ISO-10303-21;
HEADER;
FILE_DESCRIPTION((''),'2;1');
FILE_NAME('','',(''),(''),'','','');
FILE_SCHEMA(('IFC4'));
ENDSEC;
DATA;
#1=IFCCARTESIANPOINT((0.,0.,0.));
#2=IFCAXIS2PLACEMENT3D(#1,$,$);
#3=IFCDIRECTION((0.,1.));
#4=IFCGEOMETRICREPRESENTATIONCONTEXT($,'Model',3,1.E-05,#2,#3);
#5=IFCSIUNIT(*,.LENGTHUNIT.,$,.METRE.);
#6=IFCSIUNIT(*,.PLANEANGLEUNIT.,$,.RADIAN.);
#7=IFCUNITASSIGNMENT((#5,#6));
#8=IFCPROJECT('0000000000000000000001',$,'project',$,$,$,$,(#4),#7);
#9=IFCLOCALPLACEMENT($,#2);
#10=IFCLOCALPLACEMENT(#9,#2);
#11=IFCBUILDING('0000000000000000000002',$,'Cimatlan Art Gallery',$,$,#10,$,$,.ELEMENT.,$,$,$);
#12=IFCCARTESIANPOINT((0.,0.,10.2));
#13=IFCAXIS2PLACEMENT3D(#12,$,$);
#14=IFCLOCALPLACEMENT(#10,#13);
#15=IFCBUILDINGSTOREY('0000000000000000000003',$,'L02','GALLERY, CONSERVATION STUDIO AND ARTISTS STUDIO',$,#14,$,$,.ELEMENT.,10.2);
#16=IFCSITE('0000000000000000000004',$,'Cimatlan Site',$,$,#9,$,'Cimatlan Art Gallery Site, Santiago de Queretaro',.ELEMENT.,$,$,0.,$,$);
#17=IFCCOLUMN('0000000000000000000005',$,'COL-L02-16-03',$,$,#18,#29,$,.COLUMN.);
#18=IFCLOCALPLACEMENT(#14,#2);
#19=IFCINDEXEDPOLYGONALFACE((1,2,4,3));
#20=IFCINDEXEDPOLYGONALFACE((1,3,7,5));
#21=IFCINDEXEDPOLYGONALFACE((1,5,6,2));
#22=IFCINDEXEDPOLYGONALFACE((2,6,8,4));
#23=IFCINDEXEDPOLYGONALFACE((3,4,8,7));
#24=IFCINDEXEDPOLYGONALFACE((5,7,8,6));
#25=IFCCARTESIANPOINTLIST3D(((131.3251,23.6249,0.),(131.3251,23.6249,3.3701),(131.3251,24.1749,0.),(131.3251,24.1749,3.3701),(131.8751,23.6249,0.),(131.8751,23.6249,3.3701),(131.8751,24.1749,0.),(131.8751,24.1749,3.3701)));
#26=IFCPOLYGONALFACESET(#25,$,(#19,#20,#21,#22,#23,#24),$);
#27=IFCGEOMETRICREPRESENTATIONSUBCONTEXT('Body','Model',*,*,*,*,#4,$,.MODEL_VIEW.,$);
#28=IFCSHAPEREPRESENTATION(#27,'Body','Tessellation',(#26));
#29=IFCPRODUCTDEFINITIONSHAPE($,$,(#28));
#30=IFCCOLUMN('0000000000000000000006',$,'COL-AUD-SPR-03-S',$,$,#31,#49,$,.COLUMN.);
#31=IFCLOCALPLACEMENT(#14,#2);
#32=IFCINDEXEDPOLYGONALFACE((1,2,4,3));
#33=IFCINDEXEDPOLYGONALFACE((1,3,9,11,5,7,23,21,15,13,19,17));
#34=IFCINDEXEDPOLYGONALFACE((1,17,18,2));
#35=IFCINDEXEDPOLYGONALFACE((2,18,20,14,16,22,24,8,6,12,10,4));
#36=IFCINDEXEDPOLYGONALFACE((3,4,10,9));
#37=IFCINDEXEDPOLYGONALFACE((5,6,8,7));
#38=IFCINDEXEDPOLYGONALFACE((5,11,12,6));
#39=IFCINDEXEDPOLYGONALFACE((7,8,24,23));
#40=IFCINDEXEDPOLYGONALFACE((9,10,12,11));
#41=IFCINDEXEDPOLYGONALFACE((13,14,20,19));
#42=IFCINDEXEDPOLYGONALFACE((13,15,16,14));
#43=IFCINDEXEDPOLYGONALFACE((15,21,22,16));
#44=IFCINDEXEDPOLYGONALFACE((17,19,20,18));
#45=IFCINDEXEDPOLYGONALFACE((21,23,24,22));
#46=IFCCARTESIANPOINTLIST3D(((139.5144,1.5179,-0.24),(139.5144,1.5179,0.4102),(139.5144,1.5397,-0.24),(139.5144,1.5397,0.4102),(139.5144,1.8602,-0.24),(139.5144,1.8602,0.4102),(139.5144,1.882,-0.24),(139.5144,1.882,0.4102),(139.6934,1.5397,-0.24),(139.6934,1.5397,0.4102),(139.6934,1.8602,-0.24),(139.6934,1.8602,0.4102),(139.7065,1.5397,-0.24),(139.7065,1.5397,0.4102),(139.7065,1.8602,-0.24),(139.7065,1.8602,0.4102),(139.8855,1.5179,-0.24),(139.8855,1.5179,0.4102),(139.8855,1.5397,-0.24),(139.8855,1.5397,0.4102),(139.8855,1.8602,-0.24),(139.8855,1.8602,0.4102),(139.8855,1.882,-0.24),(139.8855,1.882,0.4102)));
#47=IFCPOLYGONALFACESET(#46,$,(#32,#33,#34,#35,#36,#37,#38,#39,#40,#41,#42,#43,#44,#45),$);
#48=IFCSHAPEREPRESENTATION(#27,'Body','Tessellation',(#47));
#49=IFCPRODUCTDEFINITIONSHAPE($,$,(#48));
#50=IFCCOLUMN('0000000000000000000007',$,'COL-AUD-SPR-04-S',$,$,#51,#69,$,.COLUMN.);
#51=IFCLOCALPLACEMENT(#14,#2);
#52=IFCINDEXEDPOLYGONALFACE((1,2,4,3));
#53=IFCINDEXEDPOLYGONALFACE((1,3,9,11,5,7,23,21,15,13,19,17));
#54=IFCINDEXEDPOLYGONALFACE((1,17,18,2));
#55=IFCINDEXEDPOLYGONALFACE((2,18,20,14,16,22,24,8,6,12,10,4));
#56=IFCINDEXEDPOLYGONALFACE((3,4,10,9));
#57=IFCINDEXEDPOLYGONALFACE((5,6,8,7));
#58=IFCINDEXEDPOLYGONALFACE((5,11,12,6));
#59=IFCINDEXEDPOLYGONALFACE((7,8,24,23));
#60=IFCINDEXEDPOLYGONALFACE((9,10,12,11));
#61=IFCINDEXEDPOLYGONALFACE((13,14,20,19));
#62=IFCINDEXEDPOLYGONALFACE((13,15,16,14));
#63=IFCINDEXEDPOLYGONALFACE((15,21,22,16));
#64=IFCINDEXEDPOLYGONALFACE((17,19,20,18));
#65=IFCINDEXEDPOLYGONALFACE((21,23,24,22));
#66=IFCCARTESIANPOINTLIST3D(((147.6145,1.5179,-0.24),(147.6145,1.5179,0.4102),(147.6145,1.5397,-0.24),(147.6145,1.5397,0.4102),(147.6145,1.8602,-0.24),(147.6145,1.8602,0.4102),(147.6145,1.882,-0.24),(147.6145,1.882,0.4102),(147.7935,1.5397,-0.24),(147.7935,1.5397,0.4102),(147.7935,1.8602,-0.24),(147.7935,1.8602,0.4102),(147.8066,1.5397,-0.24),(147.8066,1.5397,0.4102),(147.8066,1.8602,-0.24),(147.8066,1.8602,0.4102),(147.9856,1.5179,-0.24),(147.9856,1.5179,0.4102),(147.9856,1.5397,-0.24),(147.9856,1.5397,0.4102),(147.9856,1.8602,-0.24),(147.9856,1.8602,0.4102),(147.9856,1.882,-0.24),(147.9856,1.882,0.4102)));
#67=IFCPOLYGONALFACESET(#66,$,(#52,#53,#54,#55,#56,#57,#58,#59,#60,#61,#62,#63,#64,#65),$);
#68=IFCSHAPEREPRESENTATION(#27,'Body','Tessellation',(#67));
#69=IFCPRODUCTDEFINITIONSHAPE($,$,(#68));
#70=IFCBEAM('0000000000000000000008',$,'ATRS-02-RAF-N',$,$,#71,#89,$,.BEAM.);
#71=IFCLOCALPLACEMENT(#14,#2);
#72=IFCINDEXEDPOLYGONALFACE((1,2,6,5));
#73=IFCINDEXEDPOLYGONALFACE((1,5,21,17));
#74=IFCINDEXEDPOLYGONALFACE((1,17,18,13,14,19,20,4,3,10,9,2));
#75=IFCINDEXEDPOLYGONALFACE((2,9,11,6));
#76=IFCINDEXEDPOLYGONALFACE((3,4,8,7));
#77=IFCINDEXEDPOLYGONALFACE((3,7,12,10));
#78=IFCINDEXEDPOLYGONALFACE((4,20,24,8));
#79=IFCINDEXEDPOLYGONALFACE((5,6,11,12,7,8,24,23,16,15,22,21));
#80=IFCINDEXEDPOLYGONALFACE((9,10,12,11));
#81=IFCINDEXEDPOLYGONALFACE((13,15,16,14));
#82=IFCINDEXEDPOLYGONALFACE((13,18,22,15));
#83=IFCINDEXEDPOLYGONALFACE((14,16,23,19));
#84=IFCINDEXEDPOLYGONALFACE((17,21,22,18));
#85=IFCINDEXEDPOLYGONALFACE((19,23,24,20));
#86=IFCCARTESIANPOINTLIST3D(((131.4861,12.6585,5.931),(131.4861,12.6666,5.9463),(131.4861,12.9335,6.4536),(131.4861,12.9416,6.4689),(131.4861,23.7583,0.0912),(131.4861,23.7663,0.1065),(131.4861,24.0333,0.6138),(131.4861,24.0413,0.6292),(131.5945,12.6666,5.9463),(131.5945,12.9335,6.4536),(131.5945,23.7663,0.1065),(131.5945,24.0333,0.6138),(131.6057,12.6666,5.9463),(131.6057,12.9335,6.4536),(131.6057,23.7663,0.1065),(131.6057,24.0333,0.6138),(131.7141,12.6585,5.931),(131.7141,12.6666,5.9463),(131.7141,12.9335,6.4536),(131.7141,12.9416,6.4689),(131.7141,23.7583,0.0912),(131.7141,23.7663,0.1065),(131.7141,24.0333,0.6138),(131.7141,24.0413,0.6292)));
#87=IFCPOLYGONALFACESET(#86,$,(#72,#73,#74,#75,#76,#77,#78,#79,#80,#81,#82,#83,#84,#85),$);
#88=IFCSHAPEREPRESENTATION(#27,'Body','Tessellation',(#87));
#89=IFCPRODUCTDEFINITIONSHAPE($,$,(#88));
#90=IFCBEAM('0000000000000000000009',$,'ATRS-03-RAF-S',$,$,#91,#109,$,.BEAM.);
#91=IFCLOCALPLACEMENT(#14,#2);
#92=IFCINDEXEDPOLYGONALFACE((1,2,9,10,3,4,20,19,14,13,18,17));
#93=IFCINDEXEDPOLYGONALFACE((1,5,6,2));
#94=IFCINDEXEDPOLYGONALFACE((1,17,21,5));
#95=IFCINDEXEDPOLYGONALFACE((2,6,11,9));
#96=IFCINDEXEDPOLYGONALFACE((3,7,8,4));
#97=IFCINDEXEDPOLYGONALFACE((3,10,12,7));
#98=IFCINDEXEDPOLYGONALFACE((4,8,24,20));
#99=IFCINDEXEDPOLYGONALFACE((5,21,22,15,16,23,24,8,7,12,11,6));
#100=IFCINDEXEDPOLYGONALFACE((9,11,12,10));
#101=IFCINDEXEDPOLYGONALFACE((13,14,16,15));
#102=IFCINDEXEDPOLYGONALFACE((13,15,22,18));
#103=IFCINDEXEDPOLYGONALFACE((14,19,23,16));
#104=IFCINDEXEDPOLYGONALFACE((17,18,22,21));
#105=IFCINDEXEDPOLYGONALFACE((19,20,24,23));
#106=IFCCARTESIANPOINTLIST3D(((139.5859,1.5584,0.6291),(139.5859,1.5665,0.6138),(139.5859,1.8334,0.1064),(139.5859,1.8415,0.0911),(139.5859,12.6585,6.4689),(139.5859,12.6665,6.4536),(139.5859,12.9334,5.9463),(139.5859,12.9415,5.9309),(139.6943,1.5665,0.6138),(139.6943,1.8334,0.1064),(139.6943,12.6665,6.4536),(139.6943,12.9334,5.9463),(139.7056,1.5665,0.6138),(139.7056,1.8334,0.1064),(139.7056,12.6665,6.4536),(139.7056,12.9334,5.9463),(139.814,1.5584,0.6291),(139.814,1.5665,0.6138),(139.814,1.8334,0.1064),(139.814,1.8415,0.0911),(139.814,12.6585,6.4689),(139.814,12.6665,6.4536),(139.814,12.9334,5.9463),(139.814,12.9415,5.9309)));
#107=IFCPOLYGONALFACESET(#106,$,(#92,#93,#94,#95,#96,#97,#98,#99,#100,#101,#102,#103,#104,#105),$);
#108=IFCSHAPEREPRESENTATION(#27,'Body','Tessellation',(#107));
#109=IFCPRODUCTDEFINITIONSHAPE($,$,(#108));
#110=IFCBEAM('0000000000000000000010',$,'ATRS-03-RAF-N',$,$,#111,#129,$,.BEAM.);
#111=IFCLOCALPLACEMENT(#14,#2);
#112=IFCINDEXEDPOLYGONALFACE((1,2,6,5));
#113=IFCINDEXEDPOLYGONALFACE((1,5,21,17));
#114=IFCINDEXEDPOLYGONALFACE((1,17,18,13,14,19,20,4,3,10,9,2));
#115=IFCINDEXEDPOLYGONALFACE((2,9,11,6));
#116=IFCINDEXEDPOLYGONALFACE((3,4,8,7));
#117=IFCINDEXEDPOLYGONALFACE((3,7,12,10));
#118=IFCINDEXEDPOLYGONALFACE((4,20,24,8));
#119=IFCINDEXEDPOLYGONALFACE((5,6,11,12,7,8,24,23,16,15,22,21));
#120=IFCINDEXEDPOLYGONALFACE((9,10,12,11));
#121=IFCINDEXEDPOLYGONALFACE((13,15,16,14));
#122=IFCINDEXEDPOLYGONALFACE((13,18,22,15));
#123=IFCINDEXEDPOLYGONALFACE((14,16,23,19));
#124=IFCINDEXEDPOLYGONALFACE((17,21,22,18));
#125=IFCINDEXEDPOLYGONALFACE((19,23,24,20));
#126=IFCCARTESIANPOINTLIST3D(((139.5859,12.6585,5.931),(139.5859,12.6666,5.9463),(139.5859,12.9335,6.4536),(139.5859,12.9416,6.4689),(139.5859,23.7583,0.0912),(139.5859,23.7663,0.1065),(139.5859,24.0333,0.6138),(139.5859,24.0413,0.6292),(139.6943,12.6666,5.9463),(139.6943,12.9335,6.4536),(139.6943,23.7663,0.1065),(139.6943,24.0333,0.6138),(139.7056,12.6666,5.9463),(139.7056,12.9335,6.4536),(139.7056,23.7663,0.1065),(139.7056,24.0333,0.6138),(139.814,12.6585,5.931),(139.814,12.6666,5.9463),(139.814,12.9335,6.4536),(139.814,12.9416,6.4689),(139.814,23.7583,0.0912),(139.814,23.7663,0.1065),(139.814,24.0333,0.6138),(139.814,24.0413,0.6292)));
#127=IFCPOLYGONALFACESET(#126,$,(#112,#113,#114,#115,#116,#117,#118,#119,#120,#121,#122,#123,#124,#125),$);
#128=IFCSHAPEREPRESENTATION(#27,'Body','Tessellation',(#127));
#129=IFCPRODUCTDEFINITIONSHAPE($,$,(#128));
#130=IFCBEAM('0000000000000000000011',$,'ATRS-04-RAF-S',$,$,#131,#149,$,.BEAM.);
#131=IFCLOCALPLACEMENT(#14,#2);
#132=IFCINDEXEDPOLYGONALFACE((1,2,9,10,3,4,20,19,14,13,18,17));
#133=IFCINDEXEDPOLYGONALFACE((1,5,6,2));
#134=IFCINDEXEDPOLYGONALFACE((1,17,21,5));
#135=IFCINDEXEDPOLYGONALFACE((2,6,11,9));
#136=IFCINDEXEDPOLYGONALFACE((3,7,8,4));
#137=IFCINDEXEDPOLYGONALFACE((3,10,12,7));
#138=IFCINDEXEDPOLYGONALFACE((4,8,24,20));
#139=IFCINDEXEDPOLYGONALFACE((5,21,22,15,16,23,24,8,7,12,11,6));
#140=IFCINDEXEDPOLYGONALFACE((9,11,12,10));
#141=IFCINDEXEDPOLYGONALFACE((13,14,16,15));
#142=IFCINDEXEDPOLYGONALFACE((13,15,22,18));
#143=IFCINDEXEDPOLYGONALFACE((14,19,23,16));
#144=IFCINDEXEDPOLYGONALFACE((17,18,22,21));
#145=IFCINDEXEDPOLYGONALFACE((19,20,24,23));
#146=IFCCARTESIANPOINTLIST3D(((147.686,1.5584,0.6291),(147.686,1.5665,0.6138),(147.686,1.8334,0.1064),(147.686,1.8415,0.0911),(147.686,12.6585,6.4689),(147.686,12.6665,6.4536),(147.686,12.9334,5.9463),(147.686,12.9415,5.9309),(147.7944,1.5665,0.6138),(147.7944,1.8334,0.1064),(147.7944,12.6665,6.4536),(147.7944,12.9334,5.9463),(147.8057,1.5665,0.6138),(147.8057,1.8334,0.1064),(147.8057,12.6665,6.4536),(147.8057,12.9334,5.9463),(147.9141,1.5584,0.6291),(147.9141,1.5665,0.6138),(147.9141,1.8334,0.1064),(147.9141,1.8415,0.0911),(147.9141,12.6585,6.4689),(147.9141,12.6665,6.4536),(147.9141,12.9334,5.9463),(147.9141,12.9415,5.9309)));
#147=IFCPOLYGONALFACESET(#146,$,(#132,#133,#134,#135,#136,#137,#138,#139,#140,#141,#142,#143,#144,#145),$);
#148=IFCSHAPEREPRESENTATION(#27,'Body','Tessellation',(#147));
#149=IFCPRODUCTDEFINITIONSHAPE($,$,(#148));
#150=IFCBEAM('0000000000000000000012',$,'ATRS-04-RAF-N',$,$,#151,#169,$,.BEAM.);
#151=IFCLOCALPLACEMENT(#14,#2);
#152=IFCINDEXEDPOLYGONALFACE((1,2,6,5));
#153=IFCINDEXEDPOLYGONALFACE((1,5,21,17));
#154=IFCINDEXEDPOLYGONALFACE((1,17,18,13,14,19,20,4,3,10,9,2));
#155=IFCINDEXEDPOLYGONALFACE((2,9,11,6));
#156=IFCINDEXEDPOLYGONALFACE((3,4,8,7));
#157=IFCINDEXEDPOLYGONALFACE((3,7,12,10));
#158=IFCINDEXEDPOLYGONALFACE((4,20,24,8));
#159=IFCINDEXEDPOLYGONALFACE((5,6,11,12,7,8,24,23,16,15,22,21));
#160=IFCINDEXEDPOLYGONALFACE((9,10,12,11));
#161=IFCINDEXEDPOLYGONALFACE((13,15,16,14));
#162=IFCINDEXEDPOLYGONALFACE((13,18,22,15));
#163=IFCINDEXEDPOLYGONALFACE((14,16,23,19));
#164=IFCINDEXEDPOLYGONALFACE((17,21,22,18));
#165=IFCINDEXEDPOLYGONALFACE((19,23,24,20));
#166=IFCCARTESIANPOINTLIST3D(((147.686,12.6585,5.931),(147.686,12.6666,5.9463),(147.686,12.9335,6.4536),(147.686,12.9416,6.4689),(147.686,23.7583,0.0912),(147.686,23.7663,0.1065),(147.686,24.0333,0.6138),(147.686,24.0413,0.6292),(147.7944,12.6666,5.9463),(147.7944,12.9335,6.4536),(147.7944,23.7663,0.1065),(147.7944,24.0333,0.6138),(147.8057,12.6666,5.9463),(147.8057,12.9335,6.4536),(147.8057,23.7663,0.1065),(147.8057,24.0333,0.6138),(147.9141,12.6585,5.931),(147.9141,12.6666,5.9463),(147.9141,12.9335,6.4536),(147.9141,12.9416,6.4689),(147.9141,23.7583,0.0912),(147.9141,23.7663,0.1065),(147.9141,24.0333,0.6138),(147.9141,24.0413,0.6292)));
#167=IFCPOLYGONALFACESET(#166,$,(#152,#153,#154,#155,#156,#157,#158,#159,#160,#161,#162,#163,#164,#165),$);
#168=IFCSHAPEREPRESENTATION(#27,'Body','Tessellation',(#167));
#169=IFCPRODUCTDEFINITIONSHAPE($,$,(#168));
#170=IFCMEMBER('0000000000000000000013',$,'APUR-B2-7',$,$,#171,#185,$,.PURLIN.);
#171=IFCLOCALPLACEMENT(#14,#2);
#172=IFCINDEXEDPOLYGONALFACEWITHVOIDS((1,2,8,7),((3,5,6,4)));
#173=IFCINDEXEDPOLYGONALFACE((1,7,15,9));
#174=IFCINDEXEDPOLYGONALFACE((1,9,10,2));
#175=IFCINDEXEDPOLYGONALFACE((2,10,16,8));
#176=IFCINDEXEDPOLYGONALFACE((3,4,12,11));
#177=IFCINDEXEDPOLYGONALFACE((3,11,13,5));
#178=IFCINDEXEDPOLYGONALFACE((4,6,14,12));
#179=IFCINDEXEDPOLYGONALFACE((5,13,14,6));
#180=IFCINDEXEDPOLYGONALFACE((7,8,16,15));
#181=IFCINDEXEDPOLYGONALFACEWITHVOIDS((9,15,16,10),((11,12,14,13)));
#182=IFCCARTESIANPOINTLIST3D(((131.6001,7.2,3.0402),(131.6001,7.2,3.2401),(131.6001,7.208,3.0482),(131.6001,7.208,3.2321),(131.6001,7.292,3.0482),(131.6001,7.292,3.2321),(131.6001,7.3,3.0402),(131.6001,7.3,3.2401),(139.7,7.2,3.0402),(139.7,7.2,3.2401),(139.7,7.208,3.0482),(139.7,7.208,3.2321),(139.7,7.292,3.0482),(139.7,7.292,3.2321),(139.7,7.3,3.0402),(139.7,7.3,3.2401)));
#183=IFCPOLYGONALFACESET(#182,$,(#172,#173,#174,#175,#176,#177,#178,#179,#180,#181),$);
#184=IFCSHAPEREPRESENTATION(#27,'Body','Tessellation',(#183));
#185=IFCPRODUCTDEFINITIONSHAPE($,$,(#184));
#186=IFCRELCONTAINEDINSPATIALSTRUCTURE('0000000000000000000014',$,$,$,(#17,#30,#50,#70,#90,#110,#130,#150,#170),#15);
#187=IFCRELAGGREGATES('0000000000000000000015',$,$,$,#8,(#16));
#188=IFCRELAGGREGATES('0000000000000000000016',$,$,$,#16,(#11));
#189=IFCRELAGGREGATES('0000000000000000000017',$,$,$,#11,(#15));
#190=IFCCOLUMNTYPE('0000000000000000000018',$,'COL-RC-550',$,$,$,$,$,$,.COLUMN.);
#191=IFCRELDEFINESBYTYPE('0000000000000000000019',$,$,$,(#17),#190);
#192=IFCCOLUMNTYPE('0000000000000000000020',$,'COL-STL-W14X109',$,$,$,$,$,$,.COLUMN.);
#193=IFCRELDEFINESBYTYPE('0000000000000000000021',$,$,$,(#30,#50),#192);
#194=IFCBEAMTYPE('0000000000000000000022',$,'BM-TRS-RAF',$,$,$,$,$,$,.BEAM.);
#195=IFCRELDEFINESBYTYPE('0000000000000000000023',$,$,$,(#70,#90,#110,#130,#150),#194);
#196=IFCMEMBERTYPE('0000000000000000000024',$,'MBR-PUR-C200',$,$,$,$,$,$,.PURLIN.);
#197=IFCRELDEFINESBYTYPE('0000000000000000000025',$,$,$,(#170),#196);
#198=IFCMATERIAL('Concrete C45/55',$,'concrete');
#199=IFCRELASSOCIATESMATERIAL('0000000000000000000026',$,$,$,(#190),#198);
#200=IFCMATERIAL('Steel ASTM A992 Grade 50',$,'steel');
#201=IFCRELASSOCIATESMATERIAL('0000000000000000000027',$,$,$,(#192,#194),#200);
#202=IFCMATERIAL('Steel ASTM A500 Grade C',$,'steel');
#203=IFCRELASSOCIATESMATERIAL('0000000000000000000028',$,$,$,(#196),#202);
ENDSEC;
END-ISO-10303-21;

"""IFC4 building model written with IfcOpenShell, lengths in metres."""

from ifc_helpers import new_model, si_unit, direction, frame, origin, origin_2d, place, context, subcontext, project, spatial, rectangle, hollow_rectangle, i_section, extrude, material, material_profile, profile_set, type_object, element, save


model = new_model("IFC4")

# Units and contexts
model_context = context("Model", 3, precision=1e-05, world=origin(), true_north=direction((0.0, 1.0)))
body_context = subcontext(model_context, "Body", "Model", "MODEL_VIEW")
ifc_project = project(units=[si_unit("LENGTHUNIT", "METRE"), si_unit("PLANEANGLEUNIT", "RADIAN")], contexts=[model_context])

# Site, building, storey
site_placement = place(None, origin())
site = spatial("IfcSite", under=ifc_project, at=site_placement, Name="Cimatlan Site", LongName="Cimatlan Art Gallery Site, Santiago de Queretaro", CompositionType="ELEMENT", RefElevation=0.0)
building_placement = place(site_placement, origin())
building = spatial("IfcBuilding", under=site, at=building_placement, Name="Cimatlan Art Gallery", CompositionType="ELEMENT")
storey_placement = place(building_placement, frame((0.0, 0.0, 10.2)))
storey = spatial("IfcBuildingStorey", under=building, at=storey_placement, Name="L02", Description="GALLERY, CONSERVATION STUDIO AND ARTISTS STUDIO", CompositionType="ELEMENT", Elevation=10.2)

# Columns
ifc_material_1 = material(Name="Concrete C45/55", Category="concrete")
ifc_material_profile_1 = material_profile(ifc_material_1, rectangle(XDim=0.55, YDim=0.55, at=origin_2d()), Name="RC550X550")
ifc_profile_set_1 = profile_set([ifc_material_profile_1], Name="Concrete C45/55")
column_type_1 = type_object("IfcColumnType", Name="COL-RC-550", PredefinedType="COLUMN", material=ifc_profile_set_1)
column_placement = place(storey_placement, frame((131.6001, 23.8999, 0.0), z_axis=(0.0, 0.0, 1.0), x_axis=(1.0, 0.0, 0.0)))
element("IfcColumn", 1, at=column_placement, inside=storey, type_object=column_type_1, Name="COL-L02-16-03", PredefinedType="COLUMN", context=body_context, shape_type="SweptSolid", body=[
    extrude(rectangle(XDim=0.55, YDim=0.55, at=origin_2d()), origin(), (0.0, 0.0, 1.0), 3.3701),
])
ifc_material_2 = material(Name="Steel ASTM A992 Grade 50", Category="steel")
ifc_material_profile_2 = material_profile(ifc_material_2, i_section(OverallWidth=0.3711, OverallDepth=0.364, WebThickness=0.0132, FlangeThickness=0.0217, at=origin_2d()), Name="W14X109")
ifc_profile_set_2 = profile_set([ifc_material_profile_2], Name="Steel ASTM A992 Grade 50")
column_type_2 = type_object("IfcColumnType", Name="COL-STL-W14X109", PredefinedType="COLUMN", material=ifc_profile_set_2)
for number, where, z_axis, x_axis, name in (
    (2, (139.7, 1.7, -0.24), (0.0, 0.0, 1.0), (1.0, 0.0, 0.0), "COL-AUD-SPR-03-S"),
    (3, (147.8, 1.7, -0.24), (0.0, 0.0, 1.0), (1.0, 0.0, 0.0), "COL-AUD-SPR-04-S"),
):
    element("IfcColumn", number, at=place(storey_placement, frame(where, z_axis=z_axis, x_axis=x_axis)), inside=storey, type_object=column_type_2, Name=name, PredefinedType="COLUMN", context=body_context, shape_type="SweptSolid", body=[
        extrude(i_section(OverallWidth=0.3711, OverallDepth=0.364, WebThickness=0.0132, FlangeThickness=0.0217, at=origin_2d()), origin(), (0.0, 0.0, 1.0), 0.6501),
    ])

# Beams
ifc_material_profile_3 = material_profile(ifc_material_2, i_section(OverallWidth=0.228, OverallDepth=0.6079, WebThickness=0.0112, FlangeThickness=0.0173, at=origin_2d()), Name="W24X76")
ifc_profile_set_3 = profile_set([ifc_material_profile_3], Name="Steel ASTM A992 Grade 50")
beam_type = type_object("IfcBeamType", Name="BM-TRS-RAF", PredefinedType="BEAM", material=ifc_profile_set_3)
beam_1_placement = place(storey_placement, frame((131.6001, 12.8, 6.2), z_axis=(0.0, 0.88499, -0.46561), x_axis=(-1.0, 0.0, 0.0)))
element("IfcBeam", 4, at=beam_1_placement, inside=storey, type_object=beam_type, Name="ATRS-02-RAF-N", PredefinedType="BEAM", context=body_context, shape_type="SweptSolid", body=[
    extrude(i_section(OverallWidth=0.228, OverallDepth=0.6079, WebThickness=0.0112, FlangeThickness=0.0173, at=origin_2d()), origin(), (0.0, 0.0, 1.0), 12.5422),
])
beam_2_placement = place(storey_placement, frame((139.7, 1.7, 0.3601), z_axis=(0.0, 0.884994, 0.465602), x_axis=(-1.0, 0.0, 0.0)))
element("IfcBeam", 5, at=beam_2_placement, inside=storey, type_object=beam_type, Name="ATRS-03-RAF-S", PredefinedType="BEAM", context=body_context, shape_type="SweptSolid", body=[
    extrude(i_section(OverallWidth=0.228, OverallDepth=0.6079, WebThickness=0.0112, FlangeThickness=0.0173, at=origin_2d()), origin(), (0.0, 0.0, 1.0), 12.5425),
])
beam_3_placement = place(storey_placement, frame((139.7, 12.8, 6.2), z_axis=(0.0, 0.88499, -0.46561), x_axis=(-1.0, 0.0, 0.0)))
element("IfcBeam", 6, at=beam_3_placement, inside=storey, type_object=beam_type, Name="ATRS-03-RAF-N", PredefinedType="BEAM", context=body_context, shape_type="SweptSolid", body=[
    extrude(i_section(OverallWidth=0.228, OverallDepth=0.6079, WebThickness=0.0112, FlangeThickness=0.0173, at=origin_2d()), origin(), (0.0, 0.0, 1.0), 12.5422),
])
beam_4_placement = place(storey_placement, frame((147.8, 1.7, 0.3601), z_axis=(0.0, 0.884994, 0.465602), x_axis=(-1.0, 0.0, 0.0)))
element("IfcBeam", 7, at=beam_4_placement, inside=storey, type_object=beam_type, Name="ATRS-04-RAF-S", PredefinedType="BEAM", context=body_context, shape_type="SweptSolid", body=[
    extrude(i_section(OverallWidth=0.228, OverallDepth=0.6079, WebThickness=0.0112, FlangeThickness=0.0173, at=origin_2d()), origin(), (0.0, 0.0, 1.0), 12.5425),
])
beam_5_placement = place(storey_placement, frame((147.8, 12.8, 6.2), z_axis=(0.0, 0.88499, -0.46561), x_axis=(-1.0, 0.0, 0.0)))
element("IfcBeam", 8, at=beam_5_placement, inside=storey, type_object=beam_type, Name="ATRS-04-RAF-N", PredefinedType="BEAM", context=body_context, shape_type="SweptSolid", body=[
    extrude(i_section(OverallWidth=0.228, OverallDepth=0.6079, WebThickness=0.0112, FlangeThickness=0.0173, at=origin_2d()), origin(), (0.0, 0.0, 1.0), 12.5422),
])

# Member
ifc_material_3 = material(Name="Steel ASTM A500 Grade C", Category="steel")
ifc_material_profile_4 = material_profile(ifc_material_3, hollow_rectangle(XDim=0.1001, YDim=0.2, WallThickness=0.0081, at=origin_2d()), Name="HSS200X100X8")
ifc_profile_set_4 = profile_set([ifc_material_profile_4], Name="Steel ASTM A500 Grade C")
member_type_1 = type_object("IfcMemberType", Name="MBR-PUR-C200", PredefinedType="PURLIN", material=ifc_profile_set_4)
for number, where, z_axis, x_axis, name in (
    (9, (131.6001, 7.25, 3.1401), (1.0, 0.0, 0.0), (0.0, 1.0, 0.0), "APUR-B2-7"),
):
    element("IfcMember", number, at=place(storey_placement, frame(where, z_axis=z_axis, x_axis=x_axis)), inside=storey, type_object=member_type_1, Name=name, PredefinedType="PURLIN", context=body_context, shape_type="SweptSolid", body=[
        extrude(hollow_rectangle(XDim=0.1001, YDim=0.2, WallThickness=0.0081, at=origin_2d()), origin(), (0.0, 0.0, 1.0), 8.0999),
    ])

save(model, "model.ifc")
